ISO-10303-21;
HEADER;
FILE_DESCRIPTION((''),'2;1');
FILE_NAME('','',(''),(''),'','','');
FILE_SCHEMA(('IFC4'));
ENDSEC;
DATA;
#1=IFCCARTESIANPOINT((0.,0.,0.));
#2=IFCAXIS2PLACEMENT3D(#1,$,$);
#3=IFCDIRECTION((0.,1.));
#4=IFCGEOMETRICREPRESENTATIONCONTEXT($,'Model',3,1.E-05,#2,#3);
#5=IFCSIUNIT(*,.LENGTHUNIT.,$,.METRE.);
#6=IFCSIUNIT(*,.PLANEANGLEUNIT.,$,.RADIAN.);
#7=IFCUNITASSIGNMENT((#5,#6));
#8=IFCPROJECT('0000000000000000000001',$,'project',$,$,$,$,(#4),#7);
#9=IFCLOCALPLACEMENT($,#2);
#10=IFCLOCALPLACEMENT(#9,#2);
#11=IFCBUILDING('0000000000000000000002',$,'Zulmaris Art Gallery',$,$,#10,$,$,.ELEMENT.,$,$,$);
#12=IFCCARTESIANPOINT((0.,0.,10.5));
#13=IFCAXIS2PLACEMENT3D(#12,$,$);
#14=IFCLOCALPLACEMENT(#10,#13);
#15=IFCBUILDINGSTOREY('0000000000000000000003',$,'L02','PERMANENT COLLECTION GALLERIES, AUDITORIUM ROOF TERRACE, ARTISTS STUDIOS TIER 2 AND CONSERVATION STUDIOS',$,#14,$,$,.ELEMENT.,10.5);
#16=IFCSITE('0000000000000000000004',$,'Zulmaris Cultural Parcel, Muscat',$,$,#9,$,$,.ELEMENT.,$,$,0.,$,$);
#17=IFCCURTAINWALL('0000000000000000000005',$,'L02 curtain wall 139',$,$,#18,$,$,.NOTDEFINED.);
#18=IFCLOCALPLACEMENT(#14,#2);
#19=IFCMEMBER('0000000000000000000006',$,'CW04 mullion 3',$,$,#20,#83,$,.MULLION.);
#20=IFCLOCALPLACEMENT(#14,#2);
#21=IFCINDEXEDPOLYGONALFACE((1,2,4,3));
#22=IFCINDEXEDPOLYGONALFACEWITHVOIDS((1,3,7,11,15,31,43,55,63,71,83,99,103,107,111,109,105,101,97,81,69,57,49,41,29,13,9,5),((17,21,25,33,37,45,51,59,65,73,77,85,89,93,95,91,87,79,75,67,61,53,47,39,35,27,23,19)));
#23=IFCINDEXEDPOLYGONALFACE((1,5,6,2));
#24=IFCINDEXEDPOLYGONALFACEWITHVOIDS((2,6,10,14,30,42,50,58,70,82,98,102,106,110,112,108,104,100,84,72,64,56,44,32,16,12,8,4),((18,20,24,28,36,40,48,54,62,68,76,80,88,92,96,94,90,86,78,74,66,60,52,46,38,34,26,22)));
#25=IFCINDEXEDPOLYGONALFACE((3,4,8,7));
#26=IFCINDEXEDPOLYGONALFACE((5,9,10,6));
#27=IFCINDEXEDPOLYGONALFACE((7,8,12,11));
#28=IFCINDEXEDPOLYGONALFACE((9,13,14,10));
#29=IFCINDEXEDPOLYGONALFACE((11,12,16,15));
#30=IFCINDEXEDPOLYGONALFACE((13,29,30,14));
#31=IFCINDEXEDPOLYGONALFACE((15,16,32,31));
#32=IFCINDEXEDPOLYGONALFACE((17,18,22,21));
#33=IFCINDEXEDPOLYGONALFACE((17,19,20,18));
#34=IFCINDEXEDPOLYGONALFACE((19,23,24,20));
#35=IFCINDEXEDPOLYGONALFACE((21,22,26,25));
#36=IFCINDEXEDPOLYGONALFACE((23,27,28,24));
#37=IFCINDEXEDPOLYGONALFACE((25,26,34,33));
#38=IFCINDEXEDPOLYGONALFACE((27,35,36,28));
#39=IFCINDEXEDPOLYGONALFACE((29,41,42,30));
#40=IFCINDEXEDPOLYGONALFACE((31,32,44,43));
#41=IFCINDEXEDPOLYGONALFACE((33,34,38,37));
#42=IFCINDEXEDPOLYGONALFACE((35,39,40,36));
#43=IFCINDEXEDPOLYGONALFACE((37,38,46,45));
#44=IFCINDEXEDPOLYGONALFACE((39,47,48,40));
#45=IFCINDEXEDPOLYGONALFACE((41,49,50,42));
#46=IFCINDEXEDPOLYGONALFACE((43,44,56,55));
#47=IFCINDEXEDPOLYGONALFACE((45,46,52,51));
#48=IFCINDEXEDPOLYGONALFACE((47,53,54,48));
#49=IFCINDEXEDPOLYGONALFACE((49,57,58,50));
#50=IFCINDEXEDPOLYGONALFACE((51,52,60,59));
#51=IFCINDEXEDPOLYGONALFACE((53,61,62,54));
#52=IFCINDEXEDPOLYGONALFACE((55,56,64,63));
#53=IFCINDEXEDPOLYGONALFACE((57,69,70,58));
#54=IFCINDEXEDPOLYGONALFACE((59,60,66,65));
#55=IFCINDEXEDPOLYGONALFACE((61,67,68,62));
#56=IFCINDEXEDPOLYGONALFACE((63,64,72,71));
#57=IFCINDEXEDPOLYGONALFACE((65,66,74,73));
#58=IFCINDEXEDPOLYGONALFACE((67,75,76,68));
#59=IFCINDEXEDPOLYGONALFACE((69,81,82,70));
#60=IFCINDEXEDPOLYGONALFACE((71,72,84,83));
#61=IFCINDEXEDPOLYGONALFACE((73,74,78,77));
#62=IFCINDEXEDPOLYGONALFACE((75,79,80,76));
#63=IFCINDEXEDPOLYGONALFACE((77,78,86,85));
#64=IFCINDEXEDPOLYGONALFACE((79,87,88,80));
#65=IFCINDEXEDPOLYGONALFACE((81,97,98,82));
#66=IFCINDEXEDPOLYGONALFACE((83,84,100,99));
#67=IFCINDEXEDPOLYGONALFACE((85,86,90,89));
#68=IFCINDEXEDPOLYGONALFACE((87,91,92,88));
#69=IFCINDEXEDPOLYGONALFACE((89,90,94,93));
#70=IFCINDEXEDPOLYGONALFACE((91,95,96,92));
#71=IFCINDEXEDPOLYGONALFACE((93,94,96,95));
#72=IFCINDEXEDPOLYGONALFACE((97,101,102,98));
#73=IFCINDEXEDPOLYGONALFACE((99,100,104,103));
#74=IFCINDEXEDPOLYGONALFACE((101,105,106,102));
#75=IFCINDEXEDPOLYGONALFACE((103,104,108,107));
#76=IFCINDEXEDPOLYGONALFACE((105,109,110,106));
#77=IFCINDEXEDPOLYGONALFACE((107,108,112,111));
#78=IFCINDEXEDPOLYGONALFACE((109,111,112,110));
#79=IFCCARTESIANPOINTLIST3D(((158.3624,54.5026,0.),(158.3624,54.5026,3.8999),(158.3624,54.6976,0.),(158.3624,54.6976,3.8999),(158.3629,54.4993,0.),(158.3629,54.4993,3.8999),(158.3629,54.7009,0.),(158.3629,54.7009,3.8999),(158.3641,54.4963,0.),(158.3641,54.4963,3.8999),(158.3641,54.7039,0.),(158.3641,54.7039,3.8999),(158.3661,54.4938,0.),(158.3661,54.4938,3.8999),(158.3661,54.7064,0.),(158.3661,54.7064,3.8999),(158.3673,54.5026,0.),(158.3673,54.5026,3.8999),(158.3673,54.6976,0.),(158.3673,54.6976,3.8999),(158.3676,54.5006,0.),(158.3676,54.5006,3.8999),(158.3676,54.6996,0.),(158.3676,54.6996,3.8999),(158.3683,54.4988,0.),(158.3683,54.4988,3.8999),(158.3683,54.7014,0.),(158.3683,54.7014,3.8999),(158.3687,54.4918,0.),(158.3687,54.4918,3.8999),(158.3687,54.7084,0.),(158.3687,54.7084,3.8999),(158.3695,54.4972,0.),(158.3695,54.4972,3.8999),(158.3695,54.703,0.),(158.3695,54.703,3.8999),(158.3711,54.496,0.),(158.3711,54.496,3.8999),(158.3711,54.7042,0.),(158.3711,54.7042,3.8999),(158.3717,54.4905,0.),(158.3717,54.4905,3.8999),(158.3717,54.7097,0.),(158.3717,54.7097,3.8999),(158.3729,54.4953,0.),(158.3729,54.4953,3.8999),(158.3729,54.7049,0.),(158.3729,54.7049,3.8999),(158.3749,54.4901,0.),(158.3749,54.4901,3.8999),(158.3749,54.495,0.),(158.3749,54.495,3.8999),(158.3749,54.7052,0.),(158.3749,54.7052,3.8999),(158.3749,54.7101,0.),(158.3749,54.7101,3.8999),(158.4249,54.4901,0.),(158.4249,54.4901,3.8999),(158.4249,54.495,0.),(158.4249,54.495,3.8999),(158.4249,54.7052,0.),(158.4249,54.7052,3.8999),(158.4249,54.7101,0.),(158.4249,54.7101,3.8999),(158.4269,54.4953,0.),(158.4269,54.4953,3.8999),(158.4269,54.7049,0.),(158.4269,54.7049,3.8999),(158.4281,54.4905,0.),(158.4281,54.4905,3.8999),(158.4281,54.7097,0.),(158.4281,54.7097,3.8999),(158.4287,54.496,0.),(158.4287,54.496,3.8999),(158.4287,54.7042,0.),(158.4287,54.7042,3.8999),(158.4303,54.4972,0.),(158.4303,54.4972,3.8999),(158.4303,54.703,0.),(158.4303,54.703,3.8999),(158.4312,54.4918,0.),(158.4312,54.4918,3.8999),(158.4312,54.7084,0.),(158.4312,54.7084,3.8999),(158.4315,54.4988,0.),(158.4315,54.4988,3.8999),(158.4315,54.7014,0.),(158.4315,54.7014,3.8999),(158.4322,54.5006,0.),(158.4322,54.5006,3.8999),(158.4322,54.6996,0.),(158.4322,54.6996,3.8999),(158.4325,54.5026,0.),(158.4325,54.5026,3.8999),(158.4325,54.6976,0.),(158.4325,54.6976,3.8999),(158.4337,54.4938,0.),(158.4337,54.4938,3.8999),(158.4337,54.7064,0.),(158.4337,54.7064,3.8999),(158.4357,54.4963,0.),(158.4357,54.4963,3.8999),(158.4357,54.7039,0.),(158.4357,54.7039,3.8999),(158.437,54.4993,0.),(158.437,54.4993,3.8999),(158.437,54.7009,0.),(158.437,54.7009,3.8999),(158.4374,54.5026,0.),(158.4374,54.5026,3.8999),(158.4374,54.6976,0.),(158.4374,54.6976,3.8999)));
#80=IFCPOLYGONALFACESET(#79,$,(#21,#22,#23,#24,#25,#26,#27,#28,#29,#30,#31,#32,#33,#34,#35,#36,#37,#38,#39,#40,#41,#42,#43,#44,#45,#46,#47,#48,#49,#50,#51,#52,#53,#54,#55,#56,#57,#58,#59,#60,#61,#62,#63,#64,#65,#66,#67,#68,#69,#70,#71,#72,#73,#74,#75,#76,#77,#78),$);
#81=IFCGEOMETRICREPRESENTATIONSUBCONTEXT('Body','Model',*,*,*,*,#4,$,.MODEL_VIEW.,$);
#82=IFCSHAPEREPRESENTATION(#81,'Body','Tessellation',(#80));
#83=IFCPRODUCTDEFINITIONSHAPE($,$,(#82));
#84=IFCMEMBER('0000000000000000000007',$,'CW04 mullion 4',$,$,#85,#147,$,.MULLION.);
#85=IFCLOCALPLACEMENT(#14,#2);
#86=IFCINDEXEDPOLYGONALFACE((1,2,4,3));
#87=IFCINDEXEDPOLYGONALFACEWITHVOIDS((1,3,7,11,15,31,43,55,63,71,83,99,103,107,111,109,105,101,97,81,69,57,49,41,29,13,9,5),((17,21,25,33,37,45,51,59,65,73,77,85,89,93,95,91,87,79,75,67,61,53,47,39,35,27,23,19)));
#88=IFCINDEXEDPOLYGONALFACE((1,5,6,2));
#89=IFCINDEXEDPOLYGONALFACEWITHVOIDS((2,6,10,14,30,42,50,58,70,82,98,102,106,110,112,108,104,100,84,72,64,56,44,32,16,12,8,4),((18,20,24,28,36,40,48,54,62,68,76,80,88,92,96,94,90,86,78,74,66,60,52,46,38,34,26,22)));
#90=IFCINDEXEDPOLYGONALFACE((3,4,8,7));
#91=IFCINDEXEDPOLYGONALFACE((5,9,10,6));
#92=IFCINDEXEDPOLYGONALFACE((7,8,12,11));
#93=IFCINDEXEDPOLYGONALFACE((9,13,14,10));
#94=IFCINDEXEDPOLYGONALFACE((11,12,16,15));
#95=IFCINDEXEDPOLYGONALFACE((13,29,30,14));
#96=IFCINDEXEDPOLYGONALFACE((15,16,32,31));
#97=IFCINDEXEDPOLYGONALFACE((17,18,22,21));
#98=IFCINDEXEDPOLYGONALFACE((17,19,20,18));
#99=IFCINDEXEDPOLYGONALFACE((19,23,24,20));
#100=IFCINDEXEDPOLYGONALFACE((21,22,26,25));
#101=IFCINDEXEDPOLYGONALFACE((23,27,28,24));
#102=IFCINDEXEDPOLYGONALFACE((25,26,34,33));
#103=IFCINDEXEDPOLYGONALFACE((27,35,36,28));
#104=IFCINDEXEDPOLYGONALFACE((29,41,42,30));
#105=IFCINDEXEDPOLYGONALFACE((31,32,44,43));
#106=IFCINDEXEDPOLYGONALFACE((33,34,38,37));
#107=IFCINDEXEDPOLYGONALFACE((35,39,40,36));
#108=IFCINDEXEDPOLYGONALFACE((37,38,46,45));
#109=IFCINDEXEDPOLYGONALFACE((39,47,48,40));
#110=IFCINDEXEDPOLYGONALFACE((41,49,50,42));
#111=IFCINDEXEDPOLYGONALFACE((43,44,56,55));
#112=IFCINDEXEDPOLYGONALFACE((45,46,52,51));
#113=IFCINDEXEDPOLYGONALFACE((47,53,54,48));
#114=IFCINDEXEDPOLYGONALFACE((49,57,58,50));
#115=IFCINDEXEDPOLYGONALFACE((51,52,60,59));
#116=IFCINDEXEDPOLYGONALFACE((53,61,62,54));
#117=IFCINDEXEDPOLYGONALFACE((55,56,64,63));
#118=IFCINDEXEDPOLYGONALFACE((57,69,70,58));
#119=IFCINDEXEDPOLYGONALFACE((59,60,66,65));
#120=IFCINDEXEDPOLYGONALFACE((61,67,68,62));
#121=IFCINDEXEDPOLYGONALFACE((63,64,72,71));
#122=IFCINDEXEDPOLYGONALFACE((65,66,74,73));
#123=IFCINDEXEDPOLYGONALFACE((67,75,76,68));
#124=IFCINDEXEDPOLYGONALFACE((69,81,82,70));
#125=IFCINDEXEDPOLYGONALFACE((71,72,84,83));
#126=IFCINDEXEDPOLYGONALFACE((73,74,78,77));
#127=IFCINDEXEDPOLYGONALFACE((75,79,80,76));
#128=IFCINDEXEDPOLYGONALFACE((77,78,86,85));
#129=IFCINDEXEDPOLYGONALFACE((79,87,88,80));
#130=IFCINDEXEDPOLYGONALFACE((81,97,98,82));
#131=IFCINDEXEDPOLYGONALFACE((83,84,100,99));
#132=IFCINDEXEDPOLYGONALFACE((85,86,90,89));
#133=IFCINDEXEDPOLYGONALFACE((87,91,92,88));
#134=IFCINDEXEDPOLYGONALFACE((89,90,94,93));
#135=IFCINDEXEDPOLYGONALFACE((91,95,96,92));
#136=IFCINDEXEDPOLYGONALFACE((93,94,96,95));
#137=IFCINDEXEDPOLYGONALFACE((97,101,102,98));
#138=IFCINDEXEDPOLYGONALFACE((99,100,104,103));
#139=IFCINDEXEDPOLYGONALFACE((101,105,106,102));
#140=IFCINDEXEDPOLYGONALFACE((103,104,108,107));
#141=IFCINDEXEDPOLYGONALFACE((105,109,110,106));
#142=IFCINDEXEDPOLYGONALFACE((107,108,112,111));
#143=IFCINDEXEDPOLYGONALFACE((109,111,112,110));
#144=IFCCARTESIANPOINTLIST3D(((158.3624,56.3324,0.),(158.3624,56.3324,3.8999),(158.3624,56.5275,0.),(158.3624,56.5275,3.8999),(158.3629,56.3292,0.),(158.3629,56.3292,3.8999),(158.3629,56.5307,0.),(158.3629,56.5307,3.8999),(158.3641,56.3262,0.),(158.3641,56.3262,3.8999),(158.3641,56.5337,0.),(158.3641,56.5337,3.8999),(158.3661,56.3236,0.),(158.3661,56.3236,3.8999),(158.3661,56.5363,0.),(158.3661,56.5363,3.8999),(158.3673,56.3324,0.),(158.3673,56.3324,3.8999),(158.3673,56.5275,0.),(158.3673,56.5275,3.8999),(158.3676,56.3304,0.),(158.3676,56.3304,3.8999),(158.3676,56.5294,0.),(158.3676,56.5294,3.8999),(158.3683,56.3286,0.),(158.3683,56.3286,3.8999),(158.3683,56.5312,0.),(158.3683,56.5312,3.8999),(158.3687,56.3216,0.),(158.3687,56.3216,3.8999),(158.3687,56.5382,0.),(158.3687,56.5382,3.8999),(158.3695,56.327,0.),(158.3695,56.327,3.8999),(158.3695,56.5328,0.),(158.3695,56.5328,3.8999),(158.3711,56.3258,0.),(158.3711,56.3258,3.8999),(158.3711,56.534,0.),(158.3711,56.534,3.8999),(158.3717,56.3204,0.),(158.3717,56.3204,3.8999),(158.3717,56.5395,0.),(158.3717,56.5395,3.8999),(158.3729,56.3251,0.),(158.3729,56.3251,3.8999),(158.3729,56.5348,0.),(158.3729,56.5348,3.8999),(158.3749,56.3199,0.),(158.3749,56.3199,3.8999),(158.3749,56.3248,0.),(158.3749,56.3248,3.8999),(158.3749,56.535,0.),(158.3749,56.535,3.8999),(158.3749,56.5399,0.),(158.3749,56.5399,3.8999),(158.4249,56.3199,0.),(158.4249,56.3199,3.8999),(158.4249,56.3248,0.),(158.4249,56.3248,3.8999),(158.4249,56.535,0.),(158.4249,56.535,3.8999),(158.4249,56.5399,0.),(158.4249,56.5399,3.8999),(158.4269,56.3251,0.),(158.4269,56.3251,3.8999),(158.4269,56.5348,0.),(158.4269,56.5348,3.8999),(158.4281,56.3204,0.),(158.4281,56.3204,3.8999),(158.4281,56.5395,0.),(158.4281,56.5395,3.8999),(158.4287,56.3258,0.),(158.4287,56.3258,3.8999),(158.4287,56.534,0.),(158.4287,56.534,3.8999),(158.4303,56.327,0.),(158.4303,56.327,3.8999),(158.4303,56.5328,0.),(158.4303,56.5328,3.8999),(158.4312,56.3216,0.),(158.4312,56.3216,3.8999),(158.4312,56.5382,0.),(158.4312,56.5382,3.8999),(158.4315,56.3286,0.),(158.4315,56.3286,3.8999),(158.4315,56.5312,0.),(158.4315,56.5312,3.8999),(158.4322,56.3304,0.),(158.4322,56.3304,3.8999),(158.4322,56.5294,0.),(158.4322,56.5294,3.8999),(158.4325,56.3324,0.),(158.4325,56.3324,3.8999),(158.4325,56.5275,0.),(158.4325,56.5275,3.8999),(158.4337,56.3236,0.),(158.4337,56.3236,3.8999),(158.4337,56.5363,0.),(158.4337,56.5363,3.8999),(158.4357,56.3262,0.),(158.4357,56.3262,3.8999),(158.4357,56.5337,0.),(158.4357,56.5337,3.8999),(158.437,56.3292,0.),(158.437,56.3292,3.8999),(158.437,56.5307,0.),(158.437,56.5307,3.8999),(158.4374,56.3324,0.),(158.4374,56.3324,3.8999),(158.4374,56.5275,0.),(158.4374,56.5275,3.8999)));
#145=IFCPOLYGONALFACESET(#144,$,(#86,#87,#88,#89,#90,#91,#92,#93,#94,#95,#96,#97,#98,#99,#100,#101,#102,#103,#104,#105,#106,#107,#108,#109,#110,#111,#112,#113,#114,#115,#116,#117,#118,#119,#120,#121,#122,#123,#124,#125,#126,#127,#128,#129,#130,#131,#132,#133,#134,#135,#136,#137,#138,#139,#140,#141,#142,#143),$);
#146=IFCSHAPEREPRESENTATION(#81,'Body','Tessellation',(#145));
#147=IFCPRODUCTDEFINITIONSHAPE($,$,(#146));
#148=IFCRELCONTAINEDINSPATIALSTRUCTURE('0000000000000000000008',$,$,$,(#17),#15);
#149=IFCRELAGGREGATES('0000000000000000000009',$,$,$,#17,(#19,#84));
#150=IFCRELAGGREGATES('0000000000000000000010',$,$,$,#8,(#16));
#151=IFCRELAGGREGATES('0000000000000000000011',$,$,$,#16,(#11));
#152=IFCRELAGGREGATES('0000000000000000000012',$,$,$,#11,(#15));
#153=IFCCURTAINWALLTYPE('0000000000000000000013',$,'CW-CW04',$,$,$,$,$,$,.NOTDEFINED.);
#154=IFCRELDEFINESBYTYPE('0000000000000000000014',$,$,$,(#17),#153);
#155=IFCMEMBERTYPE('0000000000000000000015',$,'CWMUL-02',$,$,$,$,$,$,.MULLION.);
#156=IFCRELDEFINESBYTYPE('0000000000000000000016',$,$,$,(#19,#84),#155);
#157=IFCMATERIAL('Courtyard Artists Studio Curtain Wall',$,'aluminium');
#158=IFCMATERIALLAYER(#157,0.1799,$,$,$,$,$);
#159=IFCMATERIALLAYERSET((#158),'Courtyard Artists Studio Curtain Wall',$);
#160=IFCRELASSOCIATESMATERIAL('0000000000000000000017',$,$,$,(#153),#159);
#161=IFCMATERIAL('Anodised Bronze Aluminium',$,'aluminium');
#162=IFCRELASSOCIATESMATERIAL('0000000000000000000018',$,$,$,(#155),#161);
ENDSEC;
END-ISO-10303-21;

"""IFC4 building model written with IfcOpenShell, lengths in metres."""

from ifc_helpers import new_model, si_unit, direction, frame, origin, origin_2d, place, context, subcontext, project, spatial, hollow_rectangle, extrude, material, layer, layer_set, material_profile, profile_set, type_object, element, aggregate, save


model = new_model("IFC4")

# Units and contexts
model_context = context("Model", 3, precision=1e-05, world=origin(), true_north=direction((0.0, 1.0)))
body_context = subcontext(model_context, "Body", "Model", "MODEL_VIEW")
ifc_project = project(units=[si_unit("LENGTHUNIT", "METRE"), si_unit("PLANEANGLEUNIT", "RADIAN")], contexts=[model_context])

# Site, building, storey
site_placement = place(None, origin())
site = spatial("IfcSite", under=ifc_project, at=site_placement, Name="Zulmaris Cultural Parcel, Muscat", CompositionType="ELEMENT", RefElevation=0.0)
building_placement = place(site_placement, origin())
building = spatial("IfcBuilding", under=site, at=building_placement, Name="Zulmaris Art Gallery", CompositionType="ELEMENT")
storey_placement = place(building_placement, frame((0.0, 0.0, 10.5)))
storey = spatial("IfcBuildingStorey", under=building, at=storey_placement, Name="L02", Description="PERMANENT COLLECTION GALLERIES, AUDITORIUM ROOF TERRACE, ARTISTS STUDIOS TIER 2 AND CONSERVATION STUDIOS", CompositionType="ELEMENT", Elevation=10.5)

# Curtain wall, members
ifc_material_1 = material(Name="Courtyard Artists Studio Curtain Wall", Category="aluminium")
ifc_layer_1 = layer(ifc_material_1, 0.1799)
ifc_layer_set_1 = layer_set([ifc_layer_1], Name="Courtyard Artists Studio Curtain Wall")
curtain_wall_type = type_object("IfcCurtainWallType", Name="CW-CW04", PredefinedType="NOTDEFINED", material=ifc_layer_set_1)
ifc_material_2 = material(Name="Anodised Bronze Aluminium", Category="aluminium")
ifc_material_profile_1 = material_profile(ifc_material_2, hollow_rectangle(XDim=0.075, YDim=0.22, WallThickness=0.0049, InnerFilletRadius=0.0076, OuterFilletRadius=0.0125, at=origin_2d()), Name="ALU 75x220x5")
ifc_profile_set_1 = profile_set([ifc_material_profile_1], Name="Anodised Bronze Aluminium")
member_type_1 = type_object("IfcMemberType", Name="CWMUL-02", PredefinedType="MULLION", material=ifc_profile_set_1)
curtain_wall_1_placement = place(storey_placement, origin())
curtain_wall_1 = element("IfcCurtainWall", 1, at=curtain_wall_1_placement, inside=storey, type_object=curtain_wall_type, Name="L02 curtain wall 139", PredefinedType="NOTDEFINED")
member_1_placement = place(storey_placement, frame((158.3999, 54.6001, 0.0), z_axis=(0.0, 0.0, 1.0), x_axis=(-1.0, 0.0, 0.0)))
member_1 = element("IfcMember", 2, at=member_1_placement, type_object=member_type_1, Name="CW04 mullion 3", PredefinedType="MULLION", context=body_context, shape_type="SweptSolid", body=[
    extrude(hollow_rectangle(XDim=0.075, YDim=0.22, WallThickness=0.0049, InnerFilletRadius=0.0076, OuterFilletRadius=0.0125, at=origin_2d()), origin(), (0.0, 0.0, 1.0), 3.8999),
])
member_2_placement = place(storey_placement, frame((158.3999, 56.4299, 0.0), z_axis=(0.0, 0.0, 1.0), x_axis=(-1.0, 0.0, 0.0)))
member_2 = element("IfcMember", 3, at=member_2_placement, type_object=member_type_1, Name="CW04 mullion 4", PredefinedType="MULLION", context=body_context, shape_type="SweptSolid", body=[
    extrude(hollow_rectangle(XDim=0.075, YDim=0.22, WallThickness=0.0049, InnerFilletRadius=0.0076, OuterFilletRadius=0.0125, at=origin_2d()), origin(), (0.0, 0.0, 1.0), 3.8999),
])

aggregate(curtain_wall_1, [member_1, member_2])

save(model, "model.ifc")
